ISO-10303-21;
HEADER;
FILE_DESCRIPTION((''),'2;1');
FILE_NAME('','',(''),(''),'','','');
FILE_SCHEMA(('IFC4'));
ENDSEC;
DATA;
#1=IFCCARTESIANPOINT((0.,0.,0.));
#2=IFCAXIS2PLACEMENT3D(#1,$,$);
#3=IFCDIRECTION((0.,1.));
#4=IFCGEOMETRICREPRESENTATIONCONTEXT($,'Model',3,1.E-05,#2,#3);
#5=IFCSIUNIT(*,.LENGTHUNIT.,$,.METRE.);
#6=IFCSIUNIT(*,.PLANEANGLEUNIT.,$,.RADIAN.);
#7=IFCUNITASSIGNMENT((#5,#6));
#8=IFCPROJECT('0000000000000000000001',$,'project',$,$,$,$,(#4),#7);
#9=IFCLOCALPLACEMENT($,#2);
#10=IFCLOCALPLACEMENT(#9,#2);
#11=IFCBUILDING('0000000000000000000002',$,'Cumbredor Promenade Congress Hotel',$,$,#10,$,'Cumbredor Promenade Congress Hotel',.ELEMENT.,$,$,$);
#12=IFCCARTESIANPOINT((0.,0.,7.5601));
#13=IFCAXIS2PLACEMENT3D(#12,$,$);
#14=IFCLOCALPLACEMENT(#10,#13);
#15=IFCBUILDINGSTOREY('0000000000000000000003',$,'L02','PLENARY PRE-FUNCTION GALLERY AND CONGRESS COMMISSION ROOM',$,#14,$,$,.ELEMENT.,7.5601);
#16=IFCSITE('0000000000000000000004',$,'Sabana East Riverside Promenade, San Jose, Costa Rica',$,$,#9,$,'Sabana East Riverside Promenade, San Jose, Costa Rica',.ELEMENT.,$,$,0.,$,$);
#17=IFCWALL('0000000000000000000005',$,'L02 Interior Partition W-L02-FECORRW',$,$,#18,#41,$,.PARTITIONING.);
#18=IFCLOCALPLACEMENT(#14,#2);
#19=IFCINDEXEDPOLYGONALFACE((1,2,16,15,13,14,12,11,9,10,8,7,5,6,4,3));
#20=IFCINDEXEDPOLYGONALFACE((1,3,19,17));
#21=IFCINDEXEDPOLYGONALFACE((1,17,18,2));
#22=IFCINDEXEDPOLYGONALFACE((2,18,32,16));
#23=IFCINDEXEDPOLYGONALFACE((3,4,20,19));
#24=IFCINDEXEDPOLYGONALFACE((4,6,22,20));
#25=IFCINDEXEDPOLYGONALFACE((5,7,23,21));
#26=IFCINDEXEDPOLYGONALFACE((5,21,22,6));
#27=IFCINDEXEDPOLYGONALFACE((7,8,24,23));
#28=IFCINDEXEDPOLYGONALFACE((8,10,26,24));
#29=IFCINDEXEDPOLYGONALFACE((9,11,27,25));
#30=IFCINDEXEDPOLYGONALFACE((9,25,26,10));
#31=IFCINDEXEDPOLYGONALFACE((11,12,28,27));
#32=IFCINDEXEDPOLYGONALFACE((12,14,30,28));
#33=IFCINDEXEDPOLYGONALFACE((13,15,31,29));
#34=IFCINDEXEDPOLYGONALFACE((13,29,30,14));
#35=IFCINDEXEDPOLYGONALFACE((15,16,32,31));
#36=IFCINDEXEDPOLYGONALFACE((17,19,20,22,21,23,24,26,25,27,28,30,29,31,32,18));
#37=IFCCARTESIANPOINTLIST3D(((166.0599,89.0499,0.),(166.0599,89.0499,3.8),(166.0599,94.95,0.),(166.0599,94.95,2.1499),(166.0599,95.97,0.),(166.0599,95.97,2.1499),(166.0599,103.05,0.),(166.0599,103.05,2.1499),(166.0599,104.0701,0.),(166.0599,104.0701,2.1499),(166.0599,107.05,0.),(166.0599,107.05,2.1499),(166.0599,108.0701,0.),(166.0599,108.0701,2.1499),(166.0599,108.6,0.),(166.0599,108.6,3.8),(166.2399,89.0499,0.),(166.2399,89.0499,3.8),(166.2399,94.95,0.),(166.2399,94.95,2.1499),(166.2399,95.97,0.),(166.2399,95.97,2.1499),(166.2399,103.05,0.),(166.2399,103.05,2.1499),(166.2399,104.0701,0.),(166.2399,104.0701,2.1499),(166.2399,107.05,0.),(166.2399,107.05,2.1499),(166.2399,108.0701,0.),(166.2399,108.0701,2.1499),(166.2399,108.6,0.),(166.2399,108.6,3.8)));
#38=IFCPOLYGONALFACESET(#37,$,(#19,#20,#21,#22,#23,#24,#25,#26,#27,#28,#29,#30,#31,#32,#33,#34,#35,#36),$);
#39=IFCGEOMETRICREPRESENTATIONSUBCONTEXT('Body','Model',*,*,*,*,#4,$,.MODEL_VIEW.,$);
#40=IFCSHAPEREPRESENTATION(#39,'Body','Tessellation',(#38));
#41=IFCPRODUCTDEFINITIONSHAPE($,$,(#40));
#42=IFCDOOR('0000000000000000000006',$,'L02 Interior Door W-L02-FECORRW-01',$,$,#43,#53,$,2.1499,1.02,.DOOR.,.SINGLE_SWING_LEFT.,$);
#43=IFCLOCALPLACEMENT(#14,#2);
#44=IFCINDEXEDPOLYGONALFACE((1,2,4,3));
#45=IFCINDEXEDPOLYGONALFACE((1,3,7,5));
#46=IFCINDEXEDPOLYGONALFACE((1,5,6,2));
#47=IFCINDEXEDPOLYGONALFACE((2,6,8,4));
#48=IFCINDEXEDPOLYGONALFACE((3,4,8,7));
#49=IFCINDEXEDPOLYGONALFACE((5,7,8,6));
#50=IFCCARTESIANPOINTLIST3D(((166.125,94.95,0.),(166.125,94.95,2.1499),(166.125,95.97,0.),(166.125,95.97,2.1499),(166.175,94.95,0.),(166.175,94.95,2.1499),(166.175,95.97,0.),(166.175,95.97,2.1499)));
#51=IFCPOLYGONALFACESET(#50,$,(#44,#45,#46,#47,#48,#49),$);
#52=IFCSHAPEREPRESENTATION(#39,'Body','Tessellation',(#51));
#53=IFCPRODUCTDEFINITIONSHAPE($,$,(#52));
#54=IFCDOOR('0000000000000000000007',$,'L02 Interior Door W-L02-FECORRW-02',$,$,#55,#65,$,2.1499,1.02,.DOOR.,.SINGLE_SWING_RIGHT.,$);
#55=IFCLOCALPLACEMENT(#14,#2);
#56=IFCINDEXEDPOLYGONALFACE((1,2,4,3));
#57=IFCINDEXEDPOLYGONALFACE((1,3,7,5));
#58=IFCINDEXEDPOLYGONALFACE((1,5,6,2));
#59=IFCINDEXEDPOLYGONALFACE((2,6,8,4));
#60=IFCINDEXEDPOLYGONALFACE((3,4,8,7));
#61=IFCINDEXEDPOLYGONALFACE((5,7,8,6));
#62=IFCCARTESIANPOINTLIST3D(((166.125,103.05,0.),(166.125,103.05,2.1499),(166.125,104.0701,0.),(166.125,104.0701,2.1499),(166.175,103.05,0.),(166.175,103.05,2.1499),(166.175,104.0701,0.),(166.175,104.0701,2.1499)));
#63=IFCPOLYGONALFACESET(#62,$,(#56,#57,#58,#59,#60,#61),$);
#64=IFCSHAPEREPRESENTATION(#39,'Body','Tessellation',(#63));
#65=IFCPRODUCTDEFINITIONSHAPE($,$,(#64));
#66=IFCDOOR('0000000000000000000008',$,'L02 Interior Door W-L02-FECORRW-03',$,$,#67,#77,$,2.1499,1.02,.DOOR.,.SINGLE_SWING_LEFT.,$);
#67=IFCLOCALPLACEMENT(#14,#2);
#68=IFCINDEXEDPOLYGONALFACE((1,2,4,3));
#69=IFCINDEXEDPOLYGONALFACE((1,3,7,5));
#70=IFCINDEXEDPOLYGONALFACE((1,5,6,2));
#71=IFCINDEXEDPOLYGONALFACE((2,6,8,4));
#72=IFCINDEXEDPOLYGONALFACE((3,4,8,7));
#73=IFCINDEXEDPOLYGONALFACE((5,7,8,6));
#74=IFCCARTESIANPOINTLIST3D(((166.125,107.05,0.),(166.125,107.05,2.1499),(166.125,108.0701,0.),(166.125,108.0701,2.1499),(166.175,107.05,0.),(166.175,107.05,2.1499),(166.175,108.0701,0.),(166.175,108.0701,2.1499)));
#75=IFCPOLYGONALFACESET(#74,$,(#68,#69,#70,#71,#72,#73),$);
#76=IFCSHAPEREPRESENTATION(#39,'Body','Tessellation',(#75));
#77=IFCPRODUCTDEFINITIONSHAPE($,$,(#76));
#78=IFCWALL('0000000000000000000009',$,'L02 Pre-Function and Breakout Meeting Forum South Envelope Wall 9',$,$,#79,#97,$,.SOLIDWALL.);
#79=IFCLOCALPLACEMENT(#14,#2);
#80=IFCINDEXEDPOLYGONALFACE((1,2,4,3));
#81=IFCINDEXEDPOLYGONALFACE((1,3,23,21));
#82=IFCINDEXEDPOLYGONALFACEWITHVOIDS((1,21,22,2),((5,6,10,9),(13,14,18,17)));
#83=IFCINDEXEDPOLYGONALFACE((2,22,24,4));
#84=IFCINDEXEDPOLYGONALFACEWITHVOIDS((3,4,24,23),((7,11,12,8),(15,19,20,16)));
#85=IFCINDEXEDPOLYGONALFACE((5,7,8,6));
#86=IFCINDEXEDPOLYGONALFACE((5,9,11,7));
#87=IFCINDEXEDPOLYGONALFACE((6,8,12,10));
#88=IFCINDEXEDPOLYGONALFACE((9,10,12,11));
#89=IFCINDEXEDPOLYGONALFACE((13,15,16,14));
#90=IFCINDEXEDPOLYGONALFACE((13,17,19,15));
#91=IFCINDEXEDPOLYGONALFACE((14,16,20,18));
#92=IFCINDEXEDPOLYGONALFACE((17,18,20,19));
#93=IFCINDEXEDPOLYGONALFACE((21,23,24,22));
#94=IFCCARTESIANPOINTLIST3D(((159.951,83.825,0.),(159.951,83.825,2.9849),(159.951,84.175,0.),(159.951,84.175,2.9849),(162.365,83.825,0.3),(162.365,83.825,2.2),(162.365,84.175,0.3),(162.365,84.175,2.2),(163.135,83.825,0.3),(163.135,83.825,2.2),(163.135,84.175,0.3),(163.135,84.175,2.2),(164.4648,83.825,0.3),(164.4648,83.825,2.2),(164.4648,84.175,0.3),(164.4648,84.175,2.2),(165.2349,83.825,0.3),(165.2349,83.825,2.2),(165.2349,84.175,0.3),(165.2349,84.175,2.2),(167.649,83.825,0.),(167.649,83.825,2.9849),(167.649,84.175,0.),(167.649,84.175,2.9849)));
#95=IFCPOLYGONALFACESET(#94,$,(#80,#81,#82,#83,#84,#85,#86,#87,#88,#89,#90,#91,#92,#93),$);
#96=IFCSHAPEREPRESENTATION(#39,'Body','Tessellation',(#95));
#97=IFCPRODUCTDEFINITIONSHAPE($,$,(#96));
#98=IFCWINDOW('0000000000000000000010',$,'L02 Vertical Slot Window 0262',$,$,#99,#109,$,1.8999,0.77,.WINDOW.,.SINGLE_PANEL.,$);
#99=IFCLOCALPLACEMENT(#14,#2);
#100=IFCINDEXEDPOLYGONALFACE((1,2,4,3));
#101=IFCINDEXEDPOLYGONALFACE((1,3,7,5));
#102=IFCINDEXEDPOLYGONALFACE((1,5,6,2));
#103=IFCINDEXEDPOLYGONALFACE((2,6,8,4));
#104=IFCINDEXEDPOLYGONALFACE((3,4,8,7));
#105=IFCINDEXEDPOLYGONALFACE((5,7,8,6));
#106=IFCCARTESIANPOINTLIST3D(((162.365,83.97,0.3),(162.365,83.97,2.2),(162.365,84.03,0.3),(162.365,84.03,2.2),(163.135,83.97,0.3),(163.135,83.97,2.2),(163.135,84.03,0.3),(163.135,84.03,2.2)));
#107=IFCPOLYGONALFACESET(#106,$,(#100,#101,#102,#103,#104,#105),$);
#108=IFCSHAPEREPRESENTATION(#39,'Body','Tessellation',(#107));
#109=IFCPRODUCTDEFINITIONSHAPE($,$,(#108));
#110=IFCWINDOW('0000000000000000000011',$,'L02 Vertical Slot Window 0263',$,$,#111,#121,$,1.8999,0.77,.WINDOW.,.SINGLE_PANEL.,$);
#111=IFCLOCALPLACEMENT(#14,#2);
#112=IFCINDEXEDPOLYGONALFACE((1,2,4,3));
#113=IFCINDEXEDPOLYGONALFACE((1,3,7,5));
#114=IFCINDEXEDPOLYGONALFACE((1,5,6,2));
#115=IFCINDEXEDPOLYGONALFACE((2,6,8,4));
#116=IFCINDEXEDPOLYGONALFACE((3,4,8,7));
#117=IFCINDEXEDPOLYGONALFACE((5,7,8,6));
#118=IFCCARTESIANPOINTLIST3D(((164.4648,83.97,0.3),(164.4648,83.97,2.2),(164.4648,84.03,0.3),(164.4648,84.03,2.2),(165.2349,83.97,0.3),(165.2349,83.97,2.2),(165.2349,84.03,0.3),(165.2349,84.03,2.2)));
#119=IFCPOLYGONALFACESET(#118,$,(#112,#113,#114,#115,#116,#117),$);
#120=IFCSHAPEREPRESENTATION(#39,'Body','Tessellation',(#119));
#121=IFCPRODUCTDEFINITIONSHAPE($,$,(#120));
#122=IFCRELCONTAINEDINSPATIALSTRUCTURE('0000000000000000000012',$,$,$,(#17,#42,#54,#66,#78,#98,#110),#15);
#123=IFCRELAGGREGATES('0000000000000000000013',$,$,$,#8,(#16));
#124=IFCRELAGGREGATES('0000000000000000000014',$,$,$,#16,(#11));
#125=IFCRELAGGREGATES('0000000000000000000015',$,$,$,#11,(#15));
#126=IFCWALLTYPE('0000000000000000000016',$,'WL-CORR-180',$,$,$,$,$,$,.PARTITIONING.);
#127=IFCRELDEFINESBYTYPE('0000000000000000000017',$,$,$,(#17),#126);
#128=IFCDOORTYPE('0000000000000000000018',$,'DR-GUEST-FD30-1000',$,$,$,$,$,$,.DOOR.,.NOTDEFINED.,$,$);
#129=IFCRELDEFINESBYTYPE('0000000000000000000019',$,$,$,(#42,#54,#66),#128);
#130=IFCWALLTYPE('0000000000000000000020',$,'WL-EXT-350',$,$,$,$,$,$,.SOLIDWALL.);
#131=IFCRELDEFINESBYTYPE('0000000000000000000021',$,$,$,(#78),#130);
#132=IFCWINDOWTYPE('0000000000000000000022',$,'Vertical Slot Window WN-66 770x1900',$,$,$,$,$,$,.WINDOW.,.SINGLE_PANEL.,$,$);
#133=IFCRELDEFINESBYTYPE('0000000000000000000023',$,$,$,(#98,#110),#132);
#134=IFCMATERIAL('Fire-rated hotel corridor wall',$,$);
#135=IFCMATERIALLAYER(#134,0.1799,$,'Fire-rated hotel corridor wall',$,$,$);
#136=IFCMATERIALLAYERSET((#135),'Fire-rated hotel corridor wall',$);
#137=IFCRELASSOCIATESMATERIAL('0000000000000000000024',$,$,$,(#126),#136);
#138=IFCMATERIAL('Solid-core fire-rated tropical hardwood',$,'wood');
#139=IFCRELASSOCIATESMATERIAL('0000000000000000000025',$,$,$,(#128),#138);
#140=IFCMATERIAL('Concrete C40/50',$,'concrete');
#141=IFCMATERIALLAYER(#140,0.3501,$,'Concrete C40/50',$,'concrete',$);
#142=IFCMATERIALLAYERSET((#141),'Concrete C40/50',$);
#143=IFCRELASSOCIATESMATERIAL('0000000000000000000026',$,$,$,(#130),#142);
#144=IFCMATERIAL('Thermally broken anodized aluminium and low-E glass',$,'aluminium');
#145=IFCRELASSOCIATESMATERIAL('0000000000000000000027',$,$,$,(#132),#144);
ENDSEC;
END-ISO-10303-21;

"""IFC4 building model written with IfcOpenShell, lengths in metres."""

from ifc_helpers import new_model, si_unit, direction, frame, frame_2d, origin, place, context, subcontext, project, spatial, rectangle, extrude, material, layer, layer_set, type_object, element, fill, save


model = new_model("IFC4")

# Units and contexts
model_context = context("Model", 3, precision=1e-05, world=origin(), true_north=direction((0.0, 1.0)))
body_context = subcontext(model_context, "Body", "Model", "MODEL_VIEW")
ifc_project = project(units=[si_unit("LENGTHUNIT", "METRE"), si_unit("PLANEANGLEUNIT", "RADIAN")], contexts=[model_context])

# Site, building, storey
site_placement = place(None, origin())
site = spatial("IfcSite", under=ifc_project, at=site_placement, Name="Sabana East Riverside Promenade, San Jose, Costa Rica", LongName="Sabana East Riverside Promenade, San Jose, Costa Rica", CompositionType="ELEMENT", RefElevation=0.0)
building_placement = place(site_placement, origin())
building = spatial("IfcBuilding", under=site, at=building_placement, Name="Cumbredor Promenade Congress Hotel", LongName="Cumbredor Promenade Congress Hotel", CompositionType="ELEMENT")
storey_placement = place(building_placement, frame((0.0, 0.0, 7.5601)))
storey = spatial("IfcBuildingStorey", under=building, at=storey_placement, Name="L02", Description="PLENARY PRE-FUNCTION GALLERY AND CONGRESS COMMISSION ROOM", CompositionType="ELEMENT", Elevation=7.5601)

# Shared definitions
ifc_material_1 = material(Name="Concrete C40/50", Category="concrete")

# Wall, openings, doors
ifc_material_2 = material(Name="Fire-rated hotel corridor wall")
ifc_layer_1 = layer(ifc_material_2, 0.1799, Name="Fire-rated hotel corridor wall")
ifc_layer_set_1 = layer_set([ifc_layer_1], Name="Fire-rated hotel corridor wall")
wall_type_1 = type_object("IfcWallType", Name="WL-CORR-180", PredefinedType="PARTITIONING", material=ifc_layer_set_1)
wall_1_placement = place(storey_placement, frame((166.1499, 89.05, 0.0), z_axis=(0.0, 0.0, 1.0), x_axis=(0.0, 1.0, 0.0)))
wall_1 = element("IfcWall", 1, at=wall_1_placement, inside=storey, type_object=wall_type_1, Name="L02 Interior Partition W-L02-FECORRW", PredefinedType="PARTITIONING", context=body_context, shape_type="SweptSolid", body=[
    extrude(rectangle(XDim=19.55, YDim=0.1799, at=frame_2d((9.7749, 0.0))), origin(), (0.0, 0.0, 1.0), 3.8),
])
opening_1_placement = place(wall_1_placement, frame((5.8999, 0.0, 0.0)))
opening_1 = element("IfcOpeningElement", 2, at=opening_1_placement, cuts=wall_1, PredefinedType="OPENING", context=body_context, shape_type="SweptSolid", body=[
    extrude(rectangle(XDim=1.02, YDim=2.1499, at=frame_2d((0.51, 1.075))), frame((0.0, 0.1001, 0.0), z_axis=(0.0, -1.0, 0.0), x_axis=(1.0, 0.0, 0.0)), (0.0, 0.0, 1.0), 0.2),
])
opening_2_placement = place(wall_1_placement, frame((14.0, 0.0, 0.0)))
opening_2 = element("IfcOpeningElement", 3, at=opening_2_placement, cuts=wall_1, PredefinedType="OPENING", context=body_context, shape_type="SweptSolid", body=[
    extrude(rectangle(XDim=1.02, YDim=2.1499, at=frame_2d((0.51, 1.075))), frame((0.0, 0.1001, 0.0), z_axis=(0.0, -1.0, 0.0), x_axis=(1.0, 0.0, 0.0)), (0.0, 0.0, 1.0), 0.2),
])
opening_3_placement = place(wall_1_placement, frame((18.0, 0.0, 0.0)))
opening_3 = element("IfcOpeningElement", 4, at=opening_3_placement, cuts=wall_1, PredefinedType="OPENING", context=body_context, shape_type="SweptSolid", body=[
    extrude(rectangle(XDim=1.02, YDim=2.1499, at=frame_2d((0.51, 1.075))), frame((0.0, 0.1001, 0.0), z_axis=(0.0, -1.0, 0.0), x_axis=(1.0, 0.0, 0.0)), (0.0, 0.0, 1.0), 0.2),
])
ifc_material_3 = material(Name="Solid-core fire-rated tropical hardwood", Category="wood")
door_type_1 = type_object("IfcDoorType", Name="DR-GUEST-FD30-1000", OperationType="NOTDEFINED", PredefinedType="DOOR", material=ifc_material_3)
door_1_placement = place(opening_1_placement, origin())
door_1 = element("IfcDoor", 5, at=door_1_placement, inside=storey, type_object=door_type_1, Name="L02 Interior Door W-L02-FECORRW-01", OperationType="SINGLE_SWING_LEFT", OverallHeight=2.1499, OverallWidth=1.02, PredefinedType="DOOR", context=body_context, shape_type="SweptSolid", body=[
    extrude(rectangle(XDim=1.02, YDim=2.1499, at=frame_2d((0.51, 1.075))), frame((0.0, 0.0249, 0.0), z_axis=(0.0, -1.0, 0.0), x_axis=(1.0, 0.0, 0.0)), (0.0, 0.0, 1.0), 0.05),
])
fill(opening_1, door_1)
door_2_placement = place(opening_2_placement, origin())
door_2 = element("IfcDoor", 6, at=door_2_placement, inside=storey, type_object=door_type_1, Name="L02 Interior Door W-L02-FECORRW-02", OperationType="SINGLE_SWING_RIGHT", OverallHeight=2.1499, OverallWidth=1.02, PredefinedType="DOOR", context=body_context, shape_type="SweptSolid", body=[
    extrude(rectangle(XDim=1.02, YDim=2.1499, at=frame_2d((0.51, 1.075))), frame((0.0, 0.0249, 0.0), z_axis=(0.0, -1.0, 0.0), x_axis=(1.0, 0.0, 0.0)), (0.0, 0.0, 1.0), 0.05),
])
fill(opening_2, door_2)
door_3_placement = place(opening_3_placement, origin())
door_3 = element("IfcDoor", 7, at=door_3_placement, inside=storey, type_object=door_type_1, Name="L02 Interior Door W-L02-FECORRW-03", OperationType="SINGLE_SWING_LEFT", OverallHeight=2.1499, OverallWidth=1.02, PredefinedType="DOOR", context=body_context, shape_type="SweptSolid", body=[
    extrude(rectangle(XDim=1.02, YDim=2.1499, at=frame_2d((0.51, 1.075))), frame((0.0, 0.0249, 0.0), z_axis=(0.0, -1.0, 0.0), x_axis=(1.0, 0.0, 0.0)), (0.0, 0.0, 1.0), 0.05),
])
fill(opening_3, door_3)

# Wall, openings, windows
ifc_layer_2 = layer(ifc_material_1, 0.3501, Name="Concrete C40/50", Category="concrete")
ifc_layer_set_2 = layer_set([ifc_layer_2], Name="Concrete C40/50")
wall_type_2 = type_object("IfcWallType", Name="WL-EXT-350", PredefinedType="SOLIDWALL", material=ifc_layer_set_2)
wall_2_placement = place(storey_placement, frame((159.9509, 84.0, 0.0), z_axis=(0.0, 0.0, 1.0), x_axis=(1.0, 0.0, 0.0)))
wall_2 = element("IfcWall", 8, at=wall_2_placement, inside=storey, type_object=wall_type_2, Name="L02 Pre-Function and Breakout Meeting Forum South Envelope Wall 9", PredefinedType="SOLIDWALL", context=body_context, shape_type="SweptSolid", body=[
    extrude(rectangle(XDim=7.698, YDim=0.3501, at=frame_2d((3.8491, 0.0))), origin(), (0.0, 0.0, 1.0), 2.9849),
])
opening_4_placement = place(wall_2_placement, frame((2.4141, 0.0, 0.3)))
opening_4 = element("IfcOpeningElement", 9, at=opening_4_placement, cuts=wall_2, PredefinedType="OPENING", context=body_context, shape_type="SweptSolid", body=[
    extrude(rectangle(XDim=0.77, YDim=1.8999, at=frame_2d((0.385, 0.95))), frame((0.0, 0.1851, 0.0), z_axis=(0.0, -1.0, 0.0), x_axis=(1.0, 0.0, 0.0)), (0.0, 0.0, 1.0), 0.3701),
])
opening_5_placement = place(wall_2_placement, frame((4.5139, 0.0, 0.3)))
opening_5 = element("IfcOpeningElement", 10, at=opening_5_placement, cuts=wall_2, PredefinedType="OPENING", context=body_context, shape_type="SweptSolid", body=[
    extrude(rectangle(XDim=0.77, YDim=1.8999, at=frame_2d((0.385, 0.95))), frame((0.0, 0.1851, 0.0), z_axis=(0.0, -1.0, 0.0), x_axis=(1.0, 0.0, 0.0)), (0.0, 0.0, 1.0), 0.3701),
])
ifc_material_4 = material(Name="Thermally broken anodized aluminium and low-E glass", Category="aluminium")
window_type_1 = type_object("IfcWindowType", Name="Vertical Slot Window WN-66 770x1900", PartitioningType="SINGLE_PANEL", PredefinedType="WINDOW", material=ifc_material_4)
window_1_placement = place(opening_4_placement, origin())
window_1 = element("IfcWindow", 11, at=window_1_placement, inside=storey, type_object=window_type_1, Name="L02 Vertical Slot Window 0262", OverallHeight=1.8999, OverallWidth=0.77, PartitioningType="SINGLE_PANEL", PredefinedType="WINDOW", context=body_context, shape_type="SweptSolid", body=[
    extrude(rectangle(XDim=0.77, YDim=1.8999, at=frame_2d((0.385, 0.95))), frame((0.0, 0.03, 0.0), z_axis=(0.0, -1.0, 0.0), x_axis=(1.0, 0.0, 0.0)), (0.0, 0.0, 1.0), 0.0601),
])
fill(opening_4, window_1)
window_2_placement = place(opening_5_placement, origin())
window_2 = element("IfcWindow", 12, at=window_2_placement, inside=storey, type_object=window_type_1, Name="L02 Vertical Slot Window 0263", OverallHeight=1.8999, OverallWidth=0.77, PartitioningType="SINGLE_PANEL", PredefinedType="WINDOW", context=body_context, shape_type="SweptSolid", body=[
    extrude(rectangle(XDim=0.77, YDim=1.8999, at=frame_2d((0.385, 0.95))), frame((0.0, 0.03, 0.0), z_axis=(0.0, -1.0, 0.0), x_axis=(1.0, 0.0, 0.0)), (0.0, 0.0, 1.0), 0.0601),
])
fill(opening_5, window_2)

save(model, "model.ifc")
